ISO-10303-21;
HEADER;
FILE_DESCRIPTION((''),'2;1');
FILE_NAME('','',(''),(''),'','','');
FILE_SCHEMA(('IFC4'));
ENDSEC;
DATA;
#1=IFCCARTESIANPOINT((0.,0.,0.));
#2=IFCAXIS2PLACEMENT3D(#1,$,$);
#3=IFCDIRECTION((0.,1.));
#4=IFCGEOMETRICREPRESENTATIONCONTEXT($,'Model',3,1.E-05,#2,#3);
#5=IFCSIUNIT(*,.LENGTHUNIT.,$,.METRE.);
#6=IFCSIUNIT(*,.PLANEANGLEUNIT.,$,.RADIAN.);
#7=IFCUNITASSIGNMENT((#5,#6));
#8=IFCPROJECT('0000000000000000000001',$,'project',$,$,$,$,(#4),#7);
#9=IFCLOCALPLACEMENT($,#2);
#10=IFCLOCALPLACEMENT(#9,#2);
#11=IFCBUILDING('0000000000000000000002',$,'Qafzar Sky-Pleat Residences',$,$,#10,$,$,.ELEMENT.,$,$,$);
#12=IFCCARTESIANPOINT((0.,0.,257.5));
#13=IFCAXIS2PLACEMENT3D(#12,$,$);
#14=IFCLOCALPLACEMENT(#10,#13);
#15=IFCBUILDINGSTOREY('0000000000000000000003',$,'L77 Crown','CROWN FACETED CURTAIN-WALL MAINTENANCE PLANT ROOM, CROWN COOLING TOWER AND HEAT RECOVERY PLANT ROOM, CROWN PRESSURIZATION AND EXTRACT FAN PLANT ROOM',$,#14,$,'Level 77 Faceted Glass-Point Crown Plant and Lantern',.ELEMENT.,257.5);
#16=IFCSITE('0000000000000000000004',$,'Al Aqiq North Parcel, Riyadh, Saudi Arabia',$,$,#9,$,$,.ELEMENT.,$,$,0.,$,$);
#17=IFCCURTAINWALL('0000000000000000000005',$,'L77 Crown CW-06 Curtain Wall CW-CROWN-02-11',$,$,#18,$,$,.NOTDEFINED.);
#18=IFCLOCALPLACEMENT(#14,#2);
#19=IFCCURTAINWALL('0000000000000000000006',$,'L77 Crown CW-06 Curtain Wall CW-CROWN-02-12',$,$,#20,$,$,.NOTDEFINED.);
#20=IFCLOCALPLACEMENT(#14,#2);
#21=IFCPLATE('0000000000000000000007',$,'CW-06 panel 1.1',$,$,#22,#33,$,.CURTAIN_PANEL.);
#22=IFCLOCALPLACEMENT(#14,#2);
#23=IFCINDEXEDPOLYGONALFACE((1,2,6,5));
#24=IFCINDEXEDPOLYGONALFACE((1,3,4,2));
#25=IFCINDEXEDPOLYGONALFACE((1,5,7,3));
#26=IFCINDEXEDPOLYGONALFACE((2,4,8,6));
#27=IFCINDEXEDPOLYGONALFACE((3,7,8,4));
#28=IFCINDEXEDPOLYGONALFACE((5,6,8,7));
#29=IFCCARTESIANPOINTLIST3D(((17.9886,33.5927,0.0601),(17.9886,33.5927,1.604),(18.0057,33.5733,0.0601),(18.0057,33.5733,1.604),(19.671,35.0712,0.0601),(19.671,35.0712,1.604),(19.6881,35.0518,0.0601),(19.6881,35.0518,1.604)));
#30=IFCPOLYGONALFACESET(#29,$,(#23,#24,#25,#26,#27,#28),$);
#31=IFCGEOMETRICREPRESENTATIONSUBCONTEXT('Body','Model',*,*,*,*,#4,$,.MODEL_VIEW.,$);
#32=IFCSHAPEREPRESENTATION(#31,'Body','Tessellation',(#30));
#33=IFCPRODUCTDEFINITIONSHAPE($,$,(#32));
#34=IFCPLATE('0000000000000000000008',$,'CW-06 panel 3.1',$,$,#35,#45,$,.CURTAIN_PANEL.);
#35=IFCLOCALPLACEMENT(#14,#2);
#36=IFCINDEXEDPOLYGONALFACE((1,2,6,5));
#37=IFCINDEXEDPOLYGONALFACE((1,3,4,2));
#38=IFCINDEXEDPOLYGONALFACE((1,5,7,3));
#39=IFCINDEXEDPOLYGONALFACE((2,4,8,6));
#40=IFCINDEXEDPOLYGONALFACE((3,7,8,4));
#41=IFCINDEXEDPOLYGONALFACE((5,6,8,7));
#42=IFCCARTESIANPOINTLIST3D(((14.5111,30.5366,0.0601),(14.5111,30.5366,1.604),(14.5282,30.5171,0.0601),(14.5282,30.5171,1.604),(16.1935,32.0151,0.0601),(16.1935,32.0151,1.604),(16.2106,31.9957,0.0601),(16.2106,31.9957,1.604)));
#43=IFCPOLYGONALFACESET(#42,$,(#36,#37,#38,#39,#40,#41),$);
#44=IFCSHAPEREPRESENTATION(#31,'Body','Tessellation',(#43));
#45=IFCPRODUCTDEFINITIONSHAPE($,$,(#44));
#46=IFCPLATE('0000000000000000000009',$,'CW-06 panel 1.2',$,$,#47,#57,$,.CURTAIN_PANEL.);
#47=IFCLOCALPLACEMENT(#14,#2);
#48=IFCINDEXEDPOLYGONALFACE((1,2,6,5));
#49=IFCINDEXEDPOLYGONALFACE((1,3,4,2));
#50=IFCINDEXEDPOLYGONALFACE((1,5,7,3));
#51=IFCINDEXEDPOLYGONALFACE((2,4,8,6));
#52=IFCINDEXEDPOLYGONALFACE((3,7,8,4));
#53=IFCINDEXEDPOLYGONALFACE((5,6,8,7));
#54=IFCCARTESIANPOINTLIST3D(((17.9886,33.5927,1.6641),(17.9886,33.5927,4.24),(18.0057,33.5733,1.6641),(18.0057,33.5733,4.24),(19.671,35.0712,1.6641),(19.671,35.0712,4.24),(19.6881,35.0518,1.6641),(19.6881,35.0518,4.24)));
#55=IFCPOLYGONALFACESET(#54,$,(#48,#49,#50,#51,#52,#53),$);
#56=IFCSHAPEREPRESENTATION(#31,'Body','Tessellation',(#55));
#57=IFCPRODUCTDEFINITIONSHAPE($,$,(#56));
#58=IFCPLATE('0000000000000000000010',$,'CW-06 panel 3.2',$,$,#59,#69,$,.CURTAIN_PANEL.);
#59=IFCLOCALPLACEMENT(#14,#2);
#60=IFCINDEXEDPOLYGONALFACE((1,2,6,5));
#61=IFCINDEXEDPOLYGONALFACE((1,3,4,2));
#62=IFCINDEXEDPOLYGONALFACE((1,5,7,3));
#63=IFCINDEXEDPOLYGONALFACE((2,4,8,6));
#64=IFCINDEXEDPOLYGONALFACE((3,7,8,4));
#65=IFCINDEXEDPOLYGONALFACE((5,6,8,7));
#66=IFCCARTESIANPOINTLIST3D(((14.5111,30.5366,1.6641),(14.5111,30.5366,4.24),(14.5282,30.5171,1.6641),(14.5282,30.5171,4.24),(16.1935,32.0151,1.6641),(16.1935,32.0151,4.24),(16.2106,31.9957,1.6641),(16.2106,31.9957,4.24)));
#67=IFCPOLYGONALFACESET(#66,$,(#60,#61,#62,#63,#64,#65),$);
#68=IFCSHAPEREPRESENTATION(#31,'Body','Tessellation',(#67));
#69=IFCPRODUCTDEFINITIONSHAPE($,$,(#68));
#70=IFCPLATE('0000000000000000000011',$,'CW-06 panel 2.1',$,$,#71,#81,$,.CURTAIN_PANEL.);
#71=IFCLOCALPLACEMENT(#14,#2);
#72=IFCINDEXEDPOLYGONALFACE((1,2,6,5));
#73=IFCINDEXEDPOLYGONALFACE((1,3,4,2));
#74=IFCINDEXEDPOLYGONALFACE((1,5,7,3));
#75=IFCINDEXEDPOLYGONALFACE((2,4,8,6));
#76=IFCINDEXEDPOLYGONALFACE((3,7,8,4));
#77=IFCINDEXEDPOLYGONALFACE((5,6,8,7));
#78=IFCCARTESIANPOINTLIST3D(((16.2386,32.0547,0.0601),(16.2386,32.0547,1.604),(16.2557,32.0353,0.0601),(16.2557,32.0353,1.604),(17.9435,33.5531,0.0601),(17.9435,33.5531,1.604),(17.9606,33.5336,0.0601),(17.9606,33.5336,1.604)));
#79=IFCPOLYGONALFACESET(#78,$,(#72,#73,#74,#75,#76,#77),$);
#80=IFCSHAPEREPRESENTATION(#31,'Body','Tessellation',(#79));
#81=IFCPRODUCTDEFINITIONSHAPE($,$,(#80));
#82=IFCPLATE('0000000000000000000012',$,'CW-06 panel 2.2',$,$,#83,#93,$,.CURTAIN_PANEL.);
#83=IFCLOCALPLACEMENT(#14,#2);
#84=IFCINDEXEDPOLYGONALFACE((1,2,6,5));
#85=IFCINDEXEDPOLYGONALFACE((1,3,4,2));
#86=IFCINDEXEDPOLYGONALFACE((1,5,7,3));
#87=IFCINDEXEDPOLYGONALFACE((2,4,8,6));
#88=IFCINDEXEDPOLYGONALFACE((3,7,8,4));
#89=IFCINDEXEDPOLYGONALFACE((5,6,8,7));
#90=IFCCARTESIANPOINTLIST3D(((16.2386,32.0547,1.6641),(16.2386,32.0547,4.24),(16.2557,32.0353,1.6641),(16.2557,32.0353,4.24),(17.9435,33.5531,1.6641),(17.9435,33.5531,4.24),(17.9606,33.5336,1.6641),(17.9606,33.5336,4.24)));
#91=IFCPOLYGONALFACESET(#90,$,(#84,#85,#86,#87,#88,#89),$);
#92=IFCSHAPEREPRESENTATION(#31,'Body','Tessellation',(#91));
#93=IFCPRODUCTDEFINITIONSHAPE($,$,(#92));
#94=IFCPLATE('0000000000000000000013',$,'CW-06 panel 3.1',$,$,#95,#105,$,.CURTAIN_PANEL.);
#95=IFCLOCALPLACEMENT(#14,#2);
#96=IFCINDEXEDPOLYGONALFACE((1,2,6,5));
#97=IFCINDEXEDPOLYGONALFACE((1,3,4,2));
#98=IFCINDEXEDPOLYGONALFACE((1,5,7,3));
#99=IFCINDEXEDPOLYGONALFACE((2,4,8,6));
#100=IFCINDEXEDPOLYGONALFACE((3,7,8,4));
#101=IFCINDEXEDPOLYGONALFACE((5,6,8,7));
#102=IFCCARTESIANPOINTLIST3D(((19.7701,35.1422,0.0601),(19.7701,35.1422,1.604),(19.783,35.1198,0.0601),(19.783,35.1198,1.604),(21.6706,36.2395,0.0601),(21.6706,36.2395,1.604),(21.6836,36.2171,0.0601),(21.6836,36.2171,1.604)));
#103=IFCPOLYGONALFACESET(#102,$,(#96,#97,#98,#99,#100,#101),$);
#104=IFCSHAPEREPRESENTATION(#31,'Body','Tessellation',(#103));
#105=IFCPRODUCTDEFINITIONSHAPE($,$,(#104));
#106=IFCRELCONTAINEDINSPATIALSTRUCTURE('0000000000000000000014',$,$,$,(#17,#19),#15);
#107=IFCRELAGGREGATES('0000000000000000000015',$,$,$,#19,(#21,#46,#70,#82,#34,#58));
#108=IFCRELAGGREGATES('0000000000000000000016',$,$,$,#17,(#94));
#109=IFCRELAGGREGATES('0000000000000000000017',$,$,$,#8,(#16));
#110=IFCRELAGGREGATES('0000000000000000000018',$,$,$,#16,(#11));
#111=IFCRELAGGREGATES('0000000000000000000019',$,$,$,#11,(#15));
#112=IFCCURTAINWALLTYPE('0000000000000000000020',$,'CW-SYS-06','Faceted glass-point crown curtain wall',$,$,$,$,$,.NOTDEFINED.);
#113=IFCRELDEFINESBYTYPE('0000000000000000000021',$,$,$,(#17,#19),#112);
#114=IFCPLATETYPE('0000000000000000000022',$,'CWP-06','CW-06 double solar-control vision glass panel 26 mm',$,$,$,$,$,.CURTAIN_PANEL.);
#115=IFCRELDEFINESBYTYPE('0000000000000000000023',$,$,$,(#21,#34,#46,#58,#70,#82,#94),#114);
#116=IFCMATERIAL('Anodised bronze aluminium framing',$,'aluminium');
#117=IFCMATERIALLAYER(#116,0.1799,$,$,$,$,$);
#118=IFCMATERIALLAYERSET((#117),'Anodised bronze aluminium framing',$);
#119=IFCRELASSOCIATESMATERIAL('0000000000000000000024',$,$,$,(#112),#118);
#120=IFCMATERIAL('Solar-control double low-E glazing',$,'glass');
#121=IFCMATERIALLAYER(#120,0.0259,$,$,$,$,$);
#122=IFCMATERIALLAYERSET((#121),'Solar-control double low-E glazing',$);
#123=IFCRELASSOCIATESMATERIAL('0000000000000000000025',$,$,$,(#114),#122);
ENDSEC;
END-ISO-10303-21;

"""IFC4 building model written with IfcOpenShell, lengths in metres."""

from ifc_helpers import new_model, si_unit, direction, frame, origin, origin_2d, place, context, subcontext, project, spatial, rectangle, extrude, source, transform, mapped, material, layer, layer_set, type_object, element, aggregate, save


model = new_model("IFC4")

# Units and contexts
model_context = context("Model", 3, precision=1e-05, world=origin(), true_north=direction((0.0, 1.0)))
body_context = subcontext(model_context, "Body", "Model", "MODEL_VIEW")
ifc_project = project(units=[si_unit("LENGTHUNIT", "METRE"), si_unit("PLANEANGLEUNIT", "RADIAN")], contexts=[model_context])

# Site, building, storey
site_placement = place(None, origin())
site = spatial("IfcSite", under=ifc_project, at=site_placement, Name="Al Aqiq North Parcel, Riyadh, Saudi Arabia", CompositionType="ELEMENT", RefElevation=0.0)
building_placement = place(site_placement, origin())
building = spatial("IfcBuilding", under=site, at=building_placement, Name="Qafzar Sky-Pleat Residences", CompositionType="ELEMENT")
storey_placement = place(building_placement, frame((0.0, 0.0, 257.5)))
storey = spatial("IfcBuildingStorey", under=building, at=storey_placement, Name="L77 Crown", Description="CROWN FACETED CURTAIN-WALL MAINTENANCE PLANT ROOM, CROWN COOLING TOWER AND HEAT RECOVERY PLANT ROOM, CROWN PRESSURIZATION AND EXTRACT FAN PLANT ROOM", LongName="Level 77 Faceted Glass-Point Crown Plant and Lantern", CompositionType="ELEMENT", Elevation=257.5)

# Curtain wall
ifc_material_1 = material(Name="Anodised bronze aluminium framing", Category="aluminium")
ifc_layer_1 = layer(ifc_material_1, 0.1799)
ifc_layer_set_1 = layer_set([ifc_layer_1], Name="Anodised bronze aluminium framing")
curtain_wall_type = type_object("IfcCurtainWallType", Name="CW-SYS-06", Description="Faceted glass-point crown curtain wall", PredefinedType="NOTDEFINED", material=ifc_layer_set_1)
curtain_wall_1_placement = place(storey_placement, origin())
curtain_wall_1 = element("IfcCurtainWall", 1, at=curtain_wall_1_placement, inside=storey, type_object=curtain_wall_type, Name="L77 Crown CW-06 Curtain Wall CW-CROWN-02-11", PredefinedType="NOTDEFINED")

# Curtain wall, plates
curtain_wall_2_placement = place(storey_placement, origin())
curtain_wall_2 = element("IfcCurtainWall", 2, at=curtain_wall_2_placement, inside=storey, type_object=curtain_wall_type, Name="L77 Crown CW-06 Curtain Wall CW-CROWN-02-12", PredefinedType="NOTDEFINED")
ifc_material_2 = material(Name="Solar-control double low-E glazing", Category="glass")
ifc_layer_2 = layer(ifc_material_2, 0.0259)
ifc_layer_set_2 = layer_set([ifc_layer_2], Name="Solar-control double low-E glazing")
plate_type = type_object("IfcPlateType", Name="CWP-06", Description="CW-06 double solar-control vision glass panel 26 mm", PredefinedType="CURTAIN_PANEL", material=ifc_layer_set_2)
shared_shape_1 = source(origin(), body_context, "Body", "SweptSolid", [
    extrude(rectangle(XDim=2.2397, YDim=0.0259, at=origin_2d()), origin(), (0.0, 0.0, 1.0), 1.5439),
])
plate_1_placement = place(storey_placement, frame((18.8384, 34.3223, 0.0601), z_axis=(0.0, 0.0, 1.0), x_axis=(-0.751152, -0.660129, 0.0)))
plate_1 = element("IfcPlate", 3, at=plate_1_placement, type_object=plate_type, Name="CW-06 panel 1.1", PredefinedType="CURTAIN_PANEL", context=body_context, shape_type="MappedRepresentation", body=[
    mapped(shared_shape_1, transform((0.0, 0.0, 0.0), x_axis=(1.0, 0.0, 0.0), y_axis=(0.0, 1.0, 0.0), z_axis=(0.0, 0.0, 1.0), scale=1.0)),
])
plate_2_placement = place(storey_placement, frame((15.3608, 31.2661, 0.0601), z_axis=(0.0, 0.0, 1.0), x_axis=(-0.751152, -0.660129, 0.0)))
plate_2 = element("IfcPlate", 4, at=plate_2_placement, type_object=plate_type, Name="CW-06 panel 3.1", PredefinedType="CURTAIN_PANEL", context=body_context, shape_type="MappedRepresentation", body=[
    mapped(shared_shape_1, transform((0.0, 0.0, 0.0), x_axis=(1.0, 0.0, 0.0), y_axis=(0.0, 1.0, 0.0), z_axis=(0.0, 0.0, 1.0), scale=1.0)),
])
shared_shape_2 = source(origin(), body_context, "Body", "SweptSolid", [
    extrude(rectangle(XDim=2.2397, YDim=0.0259, at=origin_2d()), origin(), (0.0, 0.0, 1.0), 2.5759),
])
plate_3_placement = place(storey_placement, frame((18.8384, 34.3223, 1.6641), z_axis=(0.0, 0.0, 1.0), x_axis=(-0.751152, -0.660129, 0.0)))
plate_3 = element("IfcPlate", 5, at=plate_3_placement, type_object=plate_type, Name="CW-06 panel 1.2", PredefinedType="CURTAIN_PANEL", context=body_context, shape_type="MappedRepresentation", body=[
    mapped(shared_shape_2, transform((0.0, 0.0, 0.0), x_axis=(1.0, 0.0, 0.0), y_axis=(0.0, 1.0, 0.0), z_axis=(0.0, 0.0, 1.0), scale=1.0)),
])
plate_4_placement = place(storey_placement, frame((15.3608, 31.2661, 1.6641), z_axis=(0.0, 0.0, 1.0), x_axis=(-0.751152, -0.660129, 0.0)))
plate_4 = element("IfcPlate", 6, at=plate_4_placement, type_object=plate_type, Name="CW-06 panel 3.2", PredefinedType="CURTAIN_PANEL", context=body_context, shape_type="MappedRepresentation", body=[
    mapped(shared_shape_2, transform((0.0, 0.0, 0.0), x_axis=(1.0, 0.0, 0.0), y_axis=(0.0, 1.0, 0.0), z_axis=(0.0, 0.0, 1.0), scale=1.0)),
])
shared_shape_3 = source(origin(), body_context, "Body", "SweptSolid", [
    extrude(rectangle(XDim=2.2698, YDim=0.0259, at=origin_2d()), origin(), (0.0, 0.0, 1.0), 1.5439),
])
plate_5_placement = place(storey_placement, frame((17.0996, 32.7942, 0.0601), z_axis=(0.0, 0.0, 1.0), x_axis=(-0.751152, -0.660129, 0.0)))
plate_5 = element("IfcPlate", 7, at=plate_5_placement, type_object=plate_type, Name="CW-06 panel 2.1", PredefinedType="CURTAIN_PANEL", context=body_context, shape_type="MappedRepresentation", body=[
    mapped(shared_shape_3, transform((0.0, 0.0, 0.0), x_axis=(1.0, 0.0, 0.0), y_axis=(0.0, 1.0, 0.0), z_axis=(0.0, 0.0, 1.0), scale=1.0)),
])
shared_shape_4 = source(origin(), body_context, "Body", "SweptSolid", [
    extrude(rectangle(XDim=2.2698, YDim=0.0259, at=origin_2d()), origin(), (0.0, 0.0, 1.0), 2.5759),
])
plate_6_placement = place(storey_placement, frame((17.0996, 32.7942, 1.6641), z_axis=(0.0, 0.0, 1.0), x_axis=(-0.751152, -0.660129, 0.0)))
plate_6 = element("IfcPlate", 8, at=plate_6_placement, type_object=plate_type, Name="CW-06 panel 2.2", PredefinedType="CURTAIN_PANEL", context=body_context, shape_type="MappedRepresentation", body=[
    mapped(shared_shape_4, transform((0.0, 0.0, 0.0), x_axis=(1.0, 0.0, 0.0), y_axis=(0.0, 1.0, 0.0), z_axis=(0.0, 0.0, 1.0), scale=1.0)),
])
aggregate(curtain_wall_2, [plate_1, plate_3, plate_5, plate_6, plate_2, plate_4])

# Plate
shared_shape_5 = source(origin(), body_context, "Body", "SweptSolid", [
    extrude(rectangle(XDim=2.1946, YDim=0.0259, at=origin_2d()), origin(), (0.0, 0.0, 1.0), 1.5439),
])
plate_7_placement = place(storey_placement, frame((20.7268, 35.6797, 0.0601), z_axis=(0.0, 0.0, 1.0), x_axis=(-0.866026, -0.499999, 0.0)))
plate_7 = element("IfcPlate", 9, at=plate_7_placement, type_object=plate_type, Name="CW-06 panel 3.1", PredefinedType="CURTAIN_PANEL", context=body_context, shape_type="MappedRepresentation", body=[
    mapped(shared_shape_5, transform((0.0, 0.0, 0.0), x_axis=(1.0, 0.0, 0.0), y_axis=(0.0, 1.0, 0.0), z_axis=(0.0, 0.0, 1.0), scale=1.0)),
])
aggregate(curtain_wall_1, [plate_7])

save(model, "model.ifc")
